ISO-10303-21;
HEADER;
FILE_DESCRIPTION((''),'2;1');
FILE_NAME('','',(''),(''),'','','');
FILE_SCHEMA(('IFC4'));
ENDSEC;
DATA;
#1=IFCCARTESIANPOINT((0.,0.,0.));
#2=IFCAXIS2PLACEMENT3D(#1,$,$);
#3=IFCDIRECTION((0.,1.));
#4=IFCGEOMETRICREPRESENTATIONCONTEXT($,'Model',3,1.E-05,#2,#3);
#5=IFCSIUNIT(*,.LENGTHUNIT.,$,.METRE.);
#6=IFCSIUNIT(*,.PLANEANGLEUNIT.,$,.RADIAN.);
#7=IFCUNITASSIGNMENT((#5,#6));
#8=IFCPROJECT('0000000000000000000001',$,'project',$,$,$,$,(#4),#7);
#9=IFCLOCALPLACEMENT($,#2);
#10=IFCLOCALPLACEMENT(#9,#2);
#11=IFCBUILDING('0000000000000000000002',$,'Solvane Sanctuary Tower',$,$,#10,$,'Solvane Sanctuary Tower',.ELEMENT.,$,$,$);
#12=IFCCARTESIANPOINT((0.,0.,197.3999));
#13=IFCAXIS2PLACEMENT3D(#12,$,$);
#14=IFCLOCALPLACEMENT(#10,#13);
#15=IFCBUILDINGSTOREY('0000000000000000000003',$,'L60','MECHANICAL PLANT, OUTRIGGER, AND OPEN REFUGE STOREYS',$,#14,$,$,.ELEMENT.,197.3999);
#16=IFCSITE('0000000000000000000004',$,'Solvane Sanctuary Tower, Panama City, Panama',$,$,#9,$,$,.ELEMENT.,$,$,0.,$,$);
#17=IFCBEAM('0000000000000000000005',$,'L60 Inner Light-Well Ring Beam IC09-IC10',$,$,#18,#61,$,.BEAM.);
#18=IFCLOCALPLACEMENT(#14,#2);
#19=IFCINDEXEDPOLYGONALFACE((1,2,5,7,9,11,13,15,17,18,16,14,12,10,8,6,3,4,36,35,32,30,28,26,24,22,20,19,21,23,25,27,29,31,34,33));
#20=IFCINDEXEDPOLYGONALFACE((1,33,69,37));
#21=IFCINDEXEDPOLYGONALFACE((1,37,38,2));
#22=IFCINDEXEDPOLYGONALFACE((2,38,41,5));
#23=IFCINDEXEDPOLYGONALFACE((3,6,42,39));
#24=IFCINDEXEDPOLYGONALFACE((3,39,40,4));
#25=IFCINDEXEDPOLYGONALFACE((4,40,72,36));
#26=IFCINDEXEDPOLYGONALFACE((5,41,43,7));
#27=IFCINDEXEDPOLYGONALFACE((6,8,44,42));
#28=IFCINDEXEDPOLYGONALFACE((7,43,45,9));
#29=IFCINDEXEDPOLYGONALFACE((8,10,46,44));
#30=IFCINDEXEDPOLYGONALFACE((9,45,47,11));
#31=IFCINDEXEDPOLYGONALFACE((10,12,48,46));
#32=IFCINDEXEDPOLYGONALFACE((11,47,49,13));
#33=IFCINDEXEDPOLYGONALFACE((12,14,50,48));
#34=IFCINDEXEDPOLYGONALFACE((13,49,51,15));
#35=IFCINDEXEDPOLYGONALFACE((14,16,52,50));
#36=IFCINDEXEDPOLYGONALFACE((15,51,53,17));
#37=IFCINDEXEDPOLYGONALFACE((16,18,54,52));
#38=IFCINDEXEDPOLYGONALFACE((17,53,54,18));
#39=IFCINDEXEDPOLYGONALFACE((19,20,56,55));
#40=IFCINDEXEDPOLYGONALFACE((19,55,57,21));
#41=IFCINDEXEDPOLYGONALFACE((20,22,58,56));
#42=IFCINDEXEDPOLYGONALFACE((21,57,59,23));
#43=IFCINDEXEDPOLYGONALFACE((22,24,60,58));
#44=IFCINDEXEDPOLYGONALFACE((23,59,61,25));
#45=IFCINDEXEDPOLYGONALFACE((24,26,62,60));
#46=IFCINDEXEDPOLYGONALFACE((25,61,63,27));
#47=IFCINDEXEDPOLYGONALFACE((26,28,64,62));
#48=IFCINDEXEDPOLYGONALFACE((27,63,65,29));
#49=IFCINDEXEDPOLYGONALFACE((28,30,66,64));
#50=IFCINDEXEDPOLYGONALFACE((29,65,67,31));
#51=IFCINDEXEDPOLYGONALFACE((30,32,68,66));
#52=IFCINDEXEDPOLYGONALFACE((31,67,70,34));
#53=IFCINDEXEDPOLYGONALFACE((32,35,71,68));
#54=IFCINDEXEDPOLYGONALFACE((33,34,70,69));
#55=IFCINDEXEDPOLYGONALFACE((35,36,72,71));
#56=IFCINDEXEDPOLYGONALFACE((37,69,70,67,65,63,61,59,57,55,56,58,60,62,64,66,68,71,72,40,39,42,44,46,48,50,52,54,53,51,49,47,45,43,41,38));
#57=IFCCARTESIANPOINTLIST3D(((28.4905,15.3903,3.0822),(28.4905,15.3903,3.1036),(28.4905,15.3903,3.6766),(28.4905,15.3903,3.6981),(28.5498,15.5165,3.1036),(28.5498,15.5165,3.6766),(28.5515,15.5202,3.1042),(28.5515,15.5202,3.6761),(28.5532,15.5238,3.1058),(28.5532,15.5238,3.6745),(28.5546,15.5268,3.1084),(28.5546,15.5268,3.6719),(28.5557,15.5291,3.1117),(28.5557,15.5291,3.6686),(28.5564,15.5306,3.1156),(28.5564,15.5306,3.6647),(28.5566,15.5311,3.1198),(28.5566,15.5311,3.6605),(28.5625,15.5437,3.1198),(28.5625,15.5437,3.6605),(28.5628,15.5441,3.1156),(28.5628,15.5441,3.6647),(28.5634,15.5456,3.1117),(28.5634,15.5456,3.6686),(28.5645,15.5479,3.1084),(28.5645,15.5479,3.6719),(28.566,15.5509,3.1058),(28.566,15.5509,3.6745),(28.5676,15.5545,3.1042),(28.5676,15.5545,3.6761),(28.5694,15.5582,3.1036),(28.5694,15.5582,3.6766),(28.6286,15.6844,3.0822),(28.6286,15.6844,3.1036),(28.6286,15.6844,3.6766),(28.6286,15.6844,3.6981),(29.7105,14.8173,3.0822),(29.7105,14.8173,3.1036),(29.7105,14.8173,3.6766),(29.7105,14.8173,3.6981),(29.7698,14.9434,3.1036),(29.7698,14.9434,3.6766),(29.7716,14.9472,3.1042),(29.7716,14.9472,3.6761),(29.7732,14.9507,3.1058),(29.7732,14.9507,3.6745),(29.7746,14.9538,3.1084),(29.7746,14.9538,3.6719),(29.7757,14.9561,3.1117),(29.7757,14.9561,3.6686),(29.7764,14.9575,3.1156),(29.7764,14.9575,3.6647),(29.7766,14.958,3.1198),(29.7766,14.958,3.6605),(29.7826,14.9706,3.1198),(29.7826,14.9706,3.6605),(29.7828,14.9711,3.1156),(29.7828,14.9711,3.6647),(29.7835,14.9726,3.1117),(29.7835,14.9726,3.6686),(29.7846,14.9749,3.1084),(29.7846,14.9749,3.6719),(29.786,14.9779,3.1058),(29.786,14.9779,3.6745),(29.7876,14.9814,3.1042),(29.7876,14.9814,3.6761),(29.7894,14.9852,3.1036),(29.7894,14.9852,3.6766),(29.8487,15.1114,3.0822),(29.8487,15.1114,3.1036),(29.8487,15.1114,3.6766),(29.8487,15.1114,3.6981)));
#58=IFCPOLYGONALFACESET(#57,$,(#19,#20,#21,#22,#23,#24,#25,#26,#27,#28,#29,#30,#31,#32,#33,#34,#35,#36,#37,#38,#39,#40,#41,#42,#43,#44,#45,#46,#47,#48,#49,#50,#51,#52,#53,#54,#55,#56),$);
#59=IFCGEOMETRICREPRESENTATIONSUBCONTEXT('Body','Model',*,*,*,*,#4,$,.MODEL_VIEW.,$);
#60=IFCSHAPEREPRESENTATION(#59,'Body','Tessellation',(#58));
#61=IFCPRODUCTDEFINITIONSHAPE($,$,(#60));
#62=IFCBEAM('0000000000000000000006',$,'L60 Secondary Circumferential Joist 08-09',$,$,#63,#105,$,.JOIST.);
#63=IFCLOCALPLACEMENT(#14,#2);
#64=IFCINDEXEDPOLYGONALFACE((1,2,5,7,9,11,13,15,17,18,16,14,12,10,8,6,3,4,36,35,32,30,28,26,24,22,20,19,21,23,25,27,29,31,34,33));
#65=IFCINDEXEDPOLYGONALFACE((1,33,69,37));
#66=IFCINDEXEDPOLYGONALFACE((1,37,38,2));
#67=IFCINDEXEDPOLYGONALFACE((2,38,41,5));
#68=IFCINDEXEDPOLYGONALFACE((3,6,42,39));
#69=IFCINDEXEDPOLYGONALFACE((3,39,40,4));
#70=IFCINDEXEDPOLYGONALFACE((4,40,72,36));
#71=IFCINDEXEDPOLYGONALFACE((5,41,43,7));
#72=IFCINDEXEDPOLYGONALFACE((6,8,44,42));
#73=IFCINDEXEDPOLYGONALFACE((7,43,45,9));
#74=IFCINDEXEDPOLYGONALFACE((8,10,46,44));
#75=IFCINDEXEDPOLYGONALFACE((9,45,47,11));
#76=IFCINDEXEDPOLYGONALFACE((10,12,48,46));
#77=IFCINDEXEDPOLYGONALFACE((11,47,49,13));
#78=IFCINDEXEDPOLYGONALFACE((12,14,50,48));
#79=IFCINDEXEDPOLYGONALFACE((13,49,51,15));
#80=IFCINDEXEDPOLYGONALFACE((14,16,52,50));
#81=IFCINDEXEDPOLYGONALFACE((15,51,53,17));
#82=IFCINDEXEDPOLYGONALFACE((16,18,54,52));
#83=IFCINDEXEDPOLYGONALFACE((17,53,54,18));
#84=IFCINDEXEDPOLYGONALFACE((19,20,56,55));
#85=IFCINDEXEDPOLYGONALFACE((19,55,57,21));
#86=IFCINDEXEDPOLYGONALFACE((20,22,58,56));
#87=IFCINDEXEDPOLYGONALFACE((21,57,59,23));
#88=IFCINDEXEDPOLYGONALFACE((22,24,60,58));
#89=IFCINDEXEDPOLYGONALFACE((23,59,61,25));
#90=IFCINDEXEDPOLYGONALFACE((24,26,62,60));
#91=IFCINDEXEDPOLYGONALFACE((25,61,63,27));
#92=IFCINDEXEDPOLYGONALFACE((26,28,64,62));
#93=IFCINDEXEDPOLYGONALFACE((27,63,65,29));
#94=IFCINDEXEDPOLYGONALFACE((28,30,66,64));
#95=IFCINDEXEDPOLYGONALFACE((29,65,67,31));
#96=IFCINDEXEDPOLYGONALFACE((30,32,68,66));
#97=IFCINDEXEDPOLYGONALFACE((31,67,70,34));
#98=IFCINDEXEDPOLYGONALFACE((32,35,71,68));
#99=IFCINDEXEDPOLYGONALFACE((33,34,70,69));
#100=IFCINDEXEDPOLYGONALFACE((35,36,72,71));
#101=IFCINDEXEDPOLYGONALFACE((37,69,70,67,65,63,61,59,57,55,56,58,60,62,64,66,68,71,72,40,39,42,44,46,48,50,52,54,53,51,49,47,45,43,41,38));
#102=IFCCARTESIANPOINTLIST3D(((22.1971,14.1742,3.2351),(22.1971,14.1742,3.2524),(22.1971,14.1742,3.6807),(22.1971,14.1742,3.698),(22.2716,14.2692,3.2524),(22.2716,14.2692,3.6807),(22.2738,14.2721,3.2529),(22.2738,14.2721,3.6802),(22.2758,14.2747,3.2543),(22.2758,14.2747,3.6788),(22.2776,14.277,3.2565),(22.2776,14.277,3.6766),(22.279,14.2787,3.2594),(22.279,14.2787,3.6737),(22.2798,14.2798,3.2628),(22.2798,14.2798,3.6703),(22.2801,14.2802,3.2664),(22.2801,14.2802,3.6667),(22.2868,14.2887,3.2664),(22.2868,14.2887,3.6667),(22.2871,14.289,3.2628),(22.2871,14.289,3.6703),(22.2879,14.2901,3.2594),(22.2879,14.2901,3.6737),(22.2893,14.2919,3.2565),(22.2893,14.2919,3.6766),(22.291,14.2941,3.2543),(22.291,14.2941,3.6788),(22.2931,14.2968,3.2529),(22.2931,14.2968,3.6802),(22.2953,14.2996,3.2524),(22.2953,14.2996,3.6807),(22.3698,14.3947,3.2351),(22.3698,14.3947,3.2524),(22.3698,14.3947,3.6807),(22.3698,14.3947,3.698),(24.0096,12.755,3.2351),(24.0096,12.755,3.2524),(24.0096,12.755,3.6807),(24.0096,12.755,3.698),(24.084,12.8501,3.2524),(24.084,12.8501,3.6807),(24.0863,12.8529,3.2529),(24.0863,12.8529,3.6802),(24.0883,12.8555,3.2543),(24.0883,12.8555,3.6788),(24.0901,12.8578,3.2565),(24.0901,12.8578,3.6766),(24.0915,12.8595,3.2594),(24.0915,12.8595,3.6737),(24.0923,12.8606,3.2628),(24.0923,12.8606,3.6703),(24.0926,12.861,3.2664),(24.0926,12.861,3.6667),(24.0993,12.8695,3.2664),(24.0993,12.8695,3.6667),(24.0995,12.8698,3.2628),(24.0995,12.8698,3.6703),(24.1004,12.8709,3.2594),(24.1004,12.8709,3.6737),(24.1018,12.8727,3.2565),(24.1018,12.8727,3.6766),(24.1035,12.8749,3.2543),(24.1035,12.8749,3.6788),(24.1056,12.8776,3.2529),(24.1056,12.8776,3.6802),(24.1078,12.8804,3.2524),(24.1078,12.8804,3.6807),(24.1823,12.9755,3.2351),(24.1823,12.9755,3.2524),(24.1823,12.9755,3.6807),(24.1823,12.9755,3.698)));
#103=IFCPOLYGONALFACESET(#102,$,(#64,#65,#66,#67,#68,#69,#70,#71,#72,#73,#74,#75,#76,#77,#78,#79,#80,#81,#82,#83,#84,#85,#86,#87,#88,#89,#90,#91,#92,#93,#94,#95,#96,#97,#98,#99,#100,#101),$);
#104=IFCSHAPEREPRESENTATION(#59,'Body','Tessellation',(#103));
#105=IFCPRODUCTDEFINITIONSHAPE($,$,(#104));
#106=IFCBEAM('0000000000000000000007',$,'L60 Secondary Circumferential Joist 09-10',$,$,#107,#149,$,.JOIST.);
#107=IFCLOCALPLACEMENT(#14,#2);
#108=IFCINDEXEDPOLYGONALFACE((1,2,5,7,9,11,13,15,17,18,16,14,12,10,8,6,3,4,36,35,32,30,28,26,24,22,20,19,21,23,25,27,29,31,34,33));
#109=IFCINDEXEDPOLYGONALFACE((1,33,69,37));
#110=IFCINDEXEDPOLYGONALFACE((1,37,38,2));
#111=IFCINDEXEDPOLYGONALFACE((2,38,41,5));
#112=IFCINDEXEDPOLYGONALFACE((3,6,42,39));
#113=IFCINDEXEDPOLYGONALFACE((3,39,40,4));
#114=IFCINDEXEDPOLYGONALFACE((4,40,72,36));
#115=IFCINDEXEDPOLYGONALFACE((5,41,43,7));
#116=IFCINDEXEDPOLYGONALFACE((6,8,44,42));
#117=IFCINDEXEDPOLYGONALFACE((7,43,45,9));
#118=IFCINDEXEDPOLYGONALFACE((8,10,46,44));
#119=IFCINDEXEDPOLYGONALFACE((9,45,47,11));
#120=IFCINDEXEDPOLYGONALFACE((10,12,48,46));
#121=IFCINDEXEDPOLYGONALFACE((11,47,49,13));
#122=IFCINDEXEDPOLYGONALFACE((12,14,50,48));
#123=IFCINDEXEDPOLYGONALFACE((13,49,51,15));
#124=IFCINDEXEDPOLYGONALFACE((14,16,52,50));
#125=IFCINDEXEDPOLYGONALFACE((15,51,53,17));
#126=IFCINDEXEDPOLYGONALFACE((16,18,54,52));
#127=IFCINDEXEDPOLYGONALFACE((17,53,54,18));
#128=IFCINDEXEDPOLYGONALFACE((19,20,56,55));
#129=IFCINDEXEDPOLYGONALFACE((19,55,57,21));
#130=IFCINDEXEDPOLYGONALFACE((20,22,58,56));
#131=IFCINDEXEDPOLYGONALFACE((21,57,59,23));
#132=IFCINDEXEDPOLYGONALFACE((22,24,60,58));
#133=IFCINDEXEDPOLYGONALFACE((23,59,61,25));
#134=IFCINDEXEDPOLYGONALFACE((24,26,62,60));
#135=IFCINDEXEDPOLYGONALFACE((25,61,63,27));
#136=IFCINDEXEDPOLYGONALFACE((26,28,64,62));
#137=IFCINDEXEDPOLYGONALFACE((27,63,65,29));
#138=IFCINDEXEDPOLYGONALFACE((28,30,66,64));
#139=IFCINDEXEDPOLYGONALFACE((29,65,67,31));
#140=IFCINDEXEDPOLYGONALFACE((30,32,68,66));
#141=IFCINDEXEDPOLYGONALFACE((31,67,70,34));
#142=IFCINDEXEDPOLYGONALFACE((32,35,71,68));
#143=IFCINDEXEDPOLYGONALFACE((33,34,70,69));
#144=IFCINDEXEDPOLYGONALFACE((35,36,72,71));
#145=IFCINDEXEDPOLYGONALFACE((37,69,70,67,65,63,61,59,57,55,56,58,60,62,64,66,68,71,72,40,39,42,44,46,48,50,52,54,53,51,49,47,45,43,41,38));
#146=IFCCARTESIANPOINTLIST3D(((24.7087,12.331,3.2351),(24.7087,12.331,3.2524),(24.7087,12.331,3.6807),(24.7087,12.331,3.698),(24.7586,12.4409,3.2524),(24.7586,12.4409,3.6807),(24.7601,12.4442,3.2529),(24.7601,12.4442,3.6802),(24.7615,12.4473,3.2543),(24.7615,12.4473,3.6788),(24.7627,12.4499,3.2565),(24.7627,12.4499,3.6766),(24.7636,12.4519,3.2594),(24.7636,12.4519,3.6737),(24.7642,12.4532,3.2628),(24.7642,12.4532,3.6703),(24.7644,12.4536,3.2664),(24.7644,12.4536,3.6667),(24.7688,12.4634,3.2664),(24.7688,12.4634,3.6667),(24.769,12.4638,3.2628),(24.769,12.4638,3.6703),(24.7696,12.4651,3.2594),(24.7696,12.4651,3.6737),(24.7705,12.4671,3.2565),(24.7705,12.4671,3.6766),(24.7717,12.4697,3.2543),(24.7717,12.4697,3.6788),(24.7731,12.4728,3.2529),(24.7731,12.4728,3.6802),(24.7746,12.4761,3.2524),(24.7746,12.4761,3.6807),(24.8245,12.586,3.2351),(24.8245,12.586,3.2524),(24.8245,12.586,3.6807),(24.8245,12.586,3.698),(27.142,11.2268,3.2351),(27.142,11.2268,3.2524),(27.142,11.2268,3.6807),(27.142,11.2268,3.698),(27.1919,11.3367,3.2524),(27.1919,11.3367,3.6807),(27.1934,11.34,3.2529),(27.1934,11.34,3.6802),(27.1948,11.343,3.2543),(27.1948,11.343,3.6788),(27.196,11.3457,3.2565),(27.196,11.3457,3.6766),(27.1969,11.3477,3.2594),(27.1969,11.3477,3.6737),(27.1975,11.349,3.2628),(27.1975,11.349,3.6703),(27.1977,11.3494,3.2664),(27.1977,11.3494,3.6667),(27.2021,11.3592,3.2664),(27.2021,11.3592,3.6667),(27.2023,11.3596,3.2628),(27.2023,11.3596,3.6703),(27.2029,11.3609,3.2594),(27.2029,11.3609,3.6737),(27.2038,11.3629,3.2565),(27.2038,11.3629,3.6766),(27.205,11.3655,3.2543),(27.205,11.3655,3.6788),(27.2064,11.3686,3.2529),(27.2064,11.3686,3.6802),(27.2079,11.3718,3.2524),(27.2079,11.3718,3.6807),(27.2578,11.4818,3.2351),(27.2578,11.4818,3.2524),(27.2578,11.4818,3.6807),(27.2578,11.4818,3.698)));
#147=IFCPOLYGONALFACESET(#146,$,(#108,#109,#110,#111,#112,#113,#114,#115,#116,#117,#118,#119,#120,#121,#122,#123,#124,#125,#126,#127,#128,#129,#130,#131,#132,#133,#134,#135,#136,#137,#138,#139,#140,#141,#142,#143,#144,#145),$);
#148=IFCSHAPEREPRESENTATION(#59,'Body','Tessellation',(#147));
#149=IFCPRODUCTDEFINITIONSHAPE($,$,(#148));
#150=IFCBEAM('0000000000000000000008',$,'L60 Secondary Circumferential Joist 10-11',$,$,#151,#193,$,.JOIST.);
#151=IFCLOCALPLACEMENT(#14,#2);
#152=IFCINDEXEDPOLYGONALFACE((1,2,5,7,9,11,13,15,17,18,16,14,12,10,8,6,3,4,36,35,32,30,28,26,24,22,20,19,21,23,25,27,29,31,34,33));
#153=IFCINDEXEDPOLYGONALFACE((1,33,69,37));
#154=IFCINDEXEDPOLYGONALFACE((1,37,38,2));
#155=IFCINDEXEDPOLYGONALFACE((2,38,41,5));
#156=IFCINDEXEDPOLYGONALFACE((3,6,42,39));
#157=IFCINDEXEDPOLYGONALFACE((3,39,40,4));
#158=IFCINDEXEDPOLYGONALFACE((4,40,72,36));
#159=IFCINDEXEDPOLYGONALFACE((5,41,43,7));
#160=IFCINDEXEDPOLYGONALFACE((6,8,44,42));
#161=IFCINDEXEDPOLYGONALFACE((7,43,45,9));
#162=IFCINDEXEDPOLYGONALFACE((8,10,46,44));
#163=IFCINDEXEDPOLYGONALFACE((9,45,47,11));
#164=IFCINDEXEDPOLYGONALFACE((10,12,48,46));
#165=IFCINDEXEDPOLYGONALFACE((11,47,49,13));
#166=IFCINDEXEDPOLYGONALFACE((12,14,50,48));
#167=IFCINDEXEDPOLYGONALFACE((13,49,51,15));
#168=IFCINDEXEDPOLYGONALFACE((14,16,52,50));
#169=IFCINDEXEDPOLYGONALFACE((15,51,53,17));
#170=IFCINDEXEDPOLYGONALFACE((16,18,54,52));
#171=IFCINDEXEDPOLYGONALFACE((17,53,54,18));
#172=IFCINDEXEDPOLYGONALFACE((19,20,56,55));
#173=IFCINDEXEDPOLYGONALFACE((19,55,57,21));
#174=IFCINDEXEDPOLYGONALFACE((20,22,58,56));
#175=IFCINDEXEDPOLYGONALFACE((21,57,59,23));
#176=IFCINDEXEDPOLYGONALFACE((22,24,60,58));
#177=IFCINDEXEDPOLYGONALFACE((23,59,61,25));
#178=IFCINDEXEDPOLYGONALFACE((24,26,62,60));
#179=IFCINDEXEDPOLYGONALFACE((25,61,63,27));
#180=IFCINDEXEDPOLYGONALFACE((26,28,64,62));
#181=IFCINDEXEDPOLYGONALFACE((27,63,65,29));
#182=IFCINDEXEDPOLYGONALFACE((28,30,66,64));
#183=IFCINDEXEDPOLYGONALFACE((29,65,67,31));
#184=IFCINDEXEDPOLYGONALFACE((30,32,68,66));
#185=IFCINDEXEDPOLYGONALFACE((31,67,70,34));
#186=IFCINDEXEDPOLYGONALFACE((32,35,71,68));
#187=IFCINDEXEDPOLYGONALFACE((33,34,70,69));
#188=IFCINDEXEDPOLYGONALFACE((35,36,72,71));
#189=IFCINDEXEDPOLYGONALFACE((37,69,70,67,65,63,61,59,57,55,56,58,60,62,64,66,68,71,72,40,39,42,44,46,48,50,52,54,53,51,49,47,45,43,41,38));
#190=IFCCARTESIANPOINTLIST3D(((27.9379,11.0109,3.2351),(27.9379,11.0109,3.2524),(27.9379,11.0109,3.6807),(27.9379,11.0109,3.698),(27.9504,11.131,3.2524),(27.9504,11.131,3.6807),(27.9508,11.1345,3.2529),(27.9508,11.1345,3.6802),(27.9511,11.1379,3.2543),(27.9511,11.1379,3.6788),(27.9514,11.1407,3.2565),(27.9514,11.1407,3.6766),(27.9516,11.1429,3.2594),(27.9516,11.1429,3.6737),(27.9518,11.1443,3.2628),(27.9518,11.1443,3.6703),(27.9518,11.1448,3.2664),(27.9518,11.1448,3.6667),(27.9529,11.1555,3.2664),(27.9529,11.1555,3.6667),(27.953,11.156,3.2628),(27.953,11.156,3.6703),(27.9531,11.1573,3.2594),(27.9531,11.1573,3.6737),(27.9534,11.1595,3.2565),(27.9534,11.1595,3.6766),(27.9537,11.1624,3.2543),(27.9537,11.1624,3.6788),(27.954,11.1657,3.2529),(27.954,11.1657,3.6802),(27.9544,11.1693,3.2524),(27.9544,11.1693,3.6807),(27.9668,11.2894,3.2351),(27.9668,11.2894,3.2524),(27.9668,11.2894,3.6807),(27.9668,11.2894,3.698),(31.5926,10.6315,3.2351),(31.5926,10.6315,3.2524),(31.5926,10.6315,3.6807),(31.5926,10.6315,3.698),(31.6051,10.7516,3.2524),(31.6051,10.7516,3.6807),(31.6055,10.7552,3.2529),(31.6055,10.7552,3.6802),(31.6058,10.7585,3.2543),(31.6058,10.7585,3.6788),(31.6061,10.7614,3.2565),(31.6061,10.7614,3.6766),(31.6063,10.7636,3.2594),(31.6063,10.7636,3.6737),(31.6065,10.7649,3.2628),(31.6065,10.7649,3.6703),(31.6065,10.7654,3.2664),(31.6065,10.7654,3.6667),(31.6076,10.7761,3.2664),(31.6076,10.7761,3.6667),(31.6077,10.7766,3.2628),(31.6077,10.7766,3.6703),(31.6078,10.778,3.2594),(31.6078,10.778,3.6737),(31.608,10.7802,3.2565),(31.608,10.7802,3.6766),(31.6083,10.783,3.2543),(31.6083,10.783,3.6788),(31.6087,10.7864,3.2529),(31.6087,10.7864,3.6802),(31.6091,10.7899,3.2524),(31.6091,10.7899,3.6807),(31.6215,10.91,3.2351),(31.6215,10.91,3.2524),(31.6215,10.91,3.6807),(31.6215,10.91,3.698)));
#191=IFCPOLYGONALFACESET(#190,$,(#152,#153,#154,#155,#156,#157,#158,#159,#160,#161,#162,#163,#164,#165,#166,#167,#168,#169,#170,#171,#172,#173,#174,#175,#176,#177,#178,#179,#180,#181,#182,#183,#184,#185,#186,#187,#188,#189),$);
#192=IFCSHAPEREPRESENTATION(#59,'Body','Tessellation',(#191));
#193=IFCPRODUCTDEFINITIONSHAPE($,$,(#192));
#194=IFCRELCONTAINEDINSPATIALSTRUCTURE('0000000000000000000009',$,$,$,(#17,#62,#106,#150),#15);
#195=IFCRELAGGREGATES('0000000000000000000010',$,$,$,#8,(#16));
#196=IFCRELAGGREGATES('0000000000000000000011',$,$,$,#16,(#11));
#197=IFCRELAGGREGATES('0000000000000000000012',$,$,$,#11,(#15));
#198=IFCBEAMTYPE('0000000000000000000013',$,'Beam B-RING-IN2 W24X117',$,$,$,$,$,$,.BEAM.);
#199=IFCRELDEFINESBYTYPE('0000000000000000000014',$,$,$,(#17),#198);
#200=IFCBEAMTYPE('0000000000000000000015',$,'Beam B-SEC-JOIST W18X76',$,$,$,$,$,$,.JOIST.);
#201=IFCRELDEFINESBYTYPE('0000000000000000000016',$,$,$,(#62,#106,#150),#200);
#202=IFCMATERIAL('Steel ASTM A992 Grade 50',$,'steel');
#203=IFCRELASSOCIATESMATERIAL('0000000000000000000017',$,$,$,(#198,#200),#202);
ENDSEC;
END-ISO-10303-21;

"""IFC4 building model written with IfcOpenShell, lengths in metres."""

from ifc_helpers import new_model, si_unit, direction, frame, origin, origin_2d, place, context, subcontext, project, spatial, i_section, extrude, material, material_profile, profile_set, type_object, element, save


model = new_model("IFC4")

# Units and contexts
model_context = context("Model", 3, precision=1e-05, world=origin(), true_north=direction((0.0, 1.0)))
body_context = subcontext(model_context, "Body", "Model", "MODEL_VIEW")
ifc_project = project(units=[si_unit("LENGTHUNIT", "METRE"), si_unit("PLANEANGLEUNIT", "RADIAN")], contexts=[model_context])

# Site, building, storey
site_placement = place(None, origin())
site = spatial("IfcSite", under=ifc_project, at=site_placement, Name="Solvane Sanctuary Tower, Panama City, Panama", CompositionType="ELEMENT", RefElevation=0.0)
building_placement = place(site_placement, origin())
building = spatial("IfcBuilding", under=site, at=building_placement, Name="Solvane Sanctuary Tower", LongName="Solvane Sanctuary Tower", CompositionType="ELEMENT")
storey_placement = place(building_placement, frame((0.0, 0.0, 197.3999)))
storey = spatial("IfcBuildingStorey", under=building, at=storey_placement, Name="L60", Description="MECHANICAL PLANT, OUTRIGGER, AND OPEN REFUGE STOREYS", CompositionType="ELEMENT", Elevation=197.3999)

# Beams
ifc_material_1 = material(Name="Steel ASTM A992 Grade 50", Category="steel")
ifc_material_profile_1 = material_profile(ifc_material_1, i_section(OverallWidth=0.325, OverallDepth=0.616, WebThickness=0.0139, FlangeThickness=0.0215, FilletRadius=0.0161, at=origin_2d()), Name="W24X117")
ifc_profile_set_1 = profile_set([ifc_material_profile_1], Name="Steel ASTM A992 Grade 50")
beam_type_1 = type_object("IfcBeamType", Name="Beam B-RING-IN2 W24X117", PredefinedType="BEAM", material=ifc_profile_set_1)
beam_1_placement = place(storey_placement, frame((28.5596, 15.5374, 3.3901), z_axis=(0.905135, -0.425125, 0.0), x_axis=(0.425125, 0.905135, 0.0)))
element("IfcBeam", 1, at=beam_1_placement, inside=storey, type_object=beam_type_1, Name="L60 Inner Light-Well Ring Beam IC09-IC10", PredefinedType="BEAM", context=body_context, shape_type="SweptSolid", body=[
    extrude(i_section(OverallWidth=0.325, OverallDepth=0.616, WebThickness=0.0139, FlangeThickness=0.0215, FilletRadius=0.0161, at=origin_2d()), origin(), (0.0, 0.0, 1.0), 1.3479),
])
ifc_material_profile_2 = material_profile(ifc_material_1, i_section(OverallWidth=0.28, OverallDepth=0.4629, WebThickness=0.0107, FlangeThickness=0.0173, FilletRadius=0.0139, at=origin_2d()), Name="W18X76")
ifc_profile_set_2 = profile_set([ifc_material_profile_2], Name="Steel ASTM A992 Grade 50")
beam_type_2 = type_object("IfcBeamType", Name="Beam B-SEC-JOIST W18X76", PredefinedType="JOIST", material=ifc_profile_set_2)
beam_2_placement = place(storey_placement, frame((22.2834, 14.2844, 3.4666), z_axis=(0.787355, -0.6165, 0.0), x_axis=(0.6165, 0.787355, 0.0)))
element("IfcBeam", 2, at=beam_2_placement, inside=storey, type_object=beam_type_2, Name="L60 Secondary Circumferential Joist 08-09", PredefinedType="JOIST", context=body_context, shape_type="SweptSolid", body=[
    extrude(i_section(OverallWidth=0.28, OverallDepth=0.4629, WebThickness=0.0107, FlangeThickness=0.0173, FilletRadius=0.0139, at=origin_2d()), origin(), (0.0, 0.0, 1.0), 2.302),
])
beam_3_placement = place(storey_placement, frame((24.7666, 12.4585, 3.4666), z_axis=(0.910623, -0.413238, 0.0), x_axis=(0.413238, 0.910623, 0.0)))
element("IfcBeam", 3, at=beam_3_placement, inside=storey, type_object=beam_type_2, Name="L60 Secondary Circumferential Joist 09-10", PredefinedType="JOIST", context=body_context, shape_type="SweptSolid", body=[
    extrude(i_section(OverallWidth=0.28, OverallDepth=0.4629, WebThickness=0.0107, FlangeThickness=0.0173, FilletRadius=0.0139, at=origin_2d()), origin(), (0.0, 0.0, 1.0), 2.6721),
])
beam_4_placement = place(storey_placement, frame((27.9524, 11.1501, 3.4666), z_axis=(0.994655, -0.103253, 0.0), x_axis=(0.103253, 0.994655, 0.0)))
element("IfcBeam", 4, at=beam_4_placement, inside=storey, type_object=beam_type_2, Name="L60 Secondary Circumferential Joist 10-11", PredefinedType="JOIST", context=body_context, shape_type="SweptSolid", body=[
    extrude(i_section(OverallWidth=0.28, OverallDepth=0.4629, WebThickness=0.0107, FlangeThickness=0.0173, FilletRadius=0.0139, at=origin_2d()), origin(), (0.0, 0.0, 1.0), 3.6743),
])

save(model, "model.ifc")
